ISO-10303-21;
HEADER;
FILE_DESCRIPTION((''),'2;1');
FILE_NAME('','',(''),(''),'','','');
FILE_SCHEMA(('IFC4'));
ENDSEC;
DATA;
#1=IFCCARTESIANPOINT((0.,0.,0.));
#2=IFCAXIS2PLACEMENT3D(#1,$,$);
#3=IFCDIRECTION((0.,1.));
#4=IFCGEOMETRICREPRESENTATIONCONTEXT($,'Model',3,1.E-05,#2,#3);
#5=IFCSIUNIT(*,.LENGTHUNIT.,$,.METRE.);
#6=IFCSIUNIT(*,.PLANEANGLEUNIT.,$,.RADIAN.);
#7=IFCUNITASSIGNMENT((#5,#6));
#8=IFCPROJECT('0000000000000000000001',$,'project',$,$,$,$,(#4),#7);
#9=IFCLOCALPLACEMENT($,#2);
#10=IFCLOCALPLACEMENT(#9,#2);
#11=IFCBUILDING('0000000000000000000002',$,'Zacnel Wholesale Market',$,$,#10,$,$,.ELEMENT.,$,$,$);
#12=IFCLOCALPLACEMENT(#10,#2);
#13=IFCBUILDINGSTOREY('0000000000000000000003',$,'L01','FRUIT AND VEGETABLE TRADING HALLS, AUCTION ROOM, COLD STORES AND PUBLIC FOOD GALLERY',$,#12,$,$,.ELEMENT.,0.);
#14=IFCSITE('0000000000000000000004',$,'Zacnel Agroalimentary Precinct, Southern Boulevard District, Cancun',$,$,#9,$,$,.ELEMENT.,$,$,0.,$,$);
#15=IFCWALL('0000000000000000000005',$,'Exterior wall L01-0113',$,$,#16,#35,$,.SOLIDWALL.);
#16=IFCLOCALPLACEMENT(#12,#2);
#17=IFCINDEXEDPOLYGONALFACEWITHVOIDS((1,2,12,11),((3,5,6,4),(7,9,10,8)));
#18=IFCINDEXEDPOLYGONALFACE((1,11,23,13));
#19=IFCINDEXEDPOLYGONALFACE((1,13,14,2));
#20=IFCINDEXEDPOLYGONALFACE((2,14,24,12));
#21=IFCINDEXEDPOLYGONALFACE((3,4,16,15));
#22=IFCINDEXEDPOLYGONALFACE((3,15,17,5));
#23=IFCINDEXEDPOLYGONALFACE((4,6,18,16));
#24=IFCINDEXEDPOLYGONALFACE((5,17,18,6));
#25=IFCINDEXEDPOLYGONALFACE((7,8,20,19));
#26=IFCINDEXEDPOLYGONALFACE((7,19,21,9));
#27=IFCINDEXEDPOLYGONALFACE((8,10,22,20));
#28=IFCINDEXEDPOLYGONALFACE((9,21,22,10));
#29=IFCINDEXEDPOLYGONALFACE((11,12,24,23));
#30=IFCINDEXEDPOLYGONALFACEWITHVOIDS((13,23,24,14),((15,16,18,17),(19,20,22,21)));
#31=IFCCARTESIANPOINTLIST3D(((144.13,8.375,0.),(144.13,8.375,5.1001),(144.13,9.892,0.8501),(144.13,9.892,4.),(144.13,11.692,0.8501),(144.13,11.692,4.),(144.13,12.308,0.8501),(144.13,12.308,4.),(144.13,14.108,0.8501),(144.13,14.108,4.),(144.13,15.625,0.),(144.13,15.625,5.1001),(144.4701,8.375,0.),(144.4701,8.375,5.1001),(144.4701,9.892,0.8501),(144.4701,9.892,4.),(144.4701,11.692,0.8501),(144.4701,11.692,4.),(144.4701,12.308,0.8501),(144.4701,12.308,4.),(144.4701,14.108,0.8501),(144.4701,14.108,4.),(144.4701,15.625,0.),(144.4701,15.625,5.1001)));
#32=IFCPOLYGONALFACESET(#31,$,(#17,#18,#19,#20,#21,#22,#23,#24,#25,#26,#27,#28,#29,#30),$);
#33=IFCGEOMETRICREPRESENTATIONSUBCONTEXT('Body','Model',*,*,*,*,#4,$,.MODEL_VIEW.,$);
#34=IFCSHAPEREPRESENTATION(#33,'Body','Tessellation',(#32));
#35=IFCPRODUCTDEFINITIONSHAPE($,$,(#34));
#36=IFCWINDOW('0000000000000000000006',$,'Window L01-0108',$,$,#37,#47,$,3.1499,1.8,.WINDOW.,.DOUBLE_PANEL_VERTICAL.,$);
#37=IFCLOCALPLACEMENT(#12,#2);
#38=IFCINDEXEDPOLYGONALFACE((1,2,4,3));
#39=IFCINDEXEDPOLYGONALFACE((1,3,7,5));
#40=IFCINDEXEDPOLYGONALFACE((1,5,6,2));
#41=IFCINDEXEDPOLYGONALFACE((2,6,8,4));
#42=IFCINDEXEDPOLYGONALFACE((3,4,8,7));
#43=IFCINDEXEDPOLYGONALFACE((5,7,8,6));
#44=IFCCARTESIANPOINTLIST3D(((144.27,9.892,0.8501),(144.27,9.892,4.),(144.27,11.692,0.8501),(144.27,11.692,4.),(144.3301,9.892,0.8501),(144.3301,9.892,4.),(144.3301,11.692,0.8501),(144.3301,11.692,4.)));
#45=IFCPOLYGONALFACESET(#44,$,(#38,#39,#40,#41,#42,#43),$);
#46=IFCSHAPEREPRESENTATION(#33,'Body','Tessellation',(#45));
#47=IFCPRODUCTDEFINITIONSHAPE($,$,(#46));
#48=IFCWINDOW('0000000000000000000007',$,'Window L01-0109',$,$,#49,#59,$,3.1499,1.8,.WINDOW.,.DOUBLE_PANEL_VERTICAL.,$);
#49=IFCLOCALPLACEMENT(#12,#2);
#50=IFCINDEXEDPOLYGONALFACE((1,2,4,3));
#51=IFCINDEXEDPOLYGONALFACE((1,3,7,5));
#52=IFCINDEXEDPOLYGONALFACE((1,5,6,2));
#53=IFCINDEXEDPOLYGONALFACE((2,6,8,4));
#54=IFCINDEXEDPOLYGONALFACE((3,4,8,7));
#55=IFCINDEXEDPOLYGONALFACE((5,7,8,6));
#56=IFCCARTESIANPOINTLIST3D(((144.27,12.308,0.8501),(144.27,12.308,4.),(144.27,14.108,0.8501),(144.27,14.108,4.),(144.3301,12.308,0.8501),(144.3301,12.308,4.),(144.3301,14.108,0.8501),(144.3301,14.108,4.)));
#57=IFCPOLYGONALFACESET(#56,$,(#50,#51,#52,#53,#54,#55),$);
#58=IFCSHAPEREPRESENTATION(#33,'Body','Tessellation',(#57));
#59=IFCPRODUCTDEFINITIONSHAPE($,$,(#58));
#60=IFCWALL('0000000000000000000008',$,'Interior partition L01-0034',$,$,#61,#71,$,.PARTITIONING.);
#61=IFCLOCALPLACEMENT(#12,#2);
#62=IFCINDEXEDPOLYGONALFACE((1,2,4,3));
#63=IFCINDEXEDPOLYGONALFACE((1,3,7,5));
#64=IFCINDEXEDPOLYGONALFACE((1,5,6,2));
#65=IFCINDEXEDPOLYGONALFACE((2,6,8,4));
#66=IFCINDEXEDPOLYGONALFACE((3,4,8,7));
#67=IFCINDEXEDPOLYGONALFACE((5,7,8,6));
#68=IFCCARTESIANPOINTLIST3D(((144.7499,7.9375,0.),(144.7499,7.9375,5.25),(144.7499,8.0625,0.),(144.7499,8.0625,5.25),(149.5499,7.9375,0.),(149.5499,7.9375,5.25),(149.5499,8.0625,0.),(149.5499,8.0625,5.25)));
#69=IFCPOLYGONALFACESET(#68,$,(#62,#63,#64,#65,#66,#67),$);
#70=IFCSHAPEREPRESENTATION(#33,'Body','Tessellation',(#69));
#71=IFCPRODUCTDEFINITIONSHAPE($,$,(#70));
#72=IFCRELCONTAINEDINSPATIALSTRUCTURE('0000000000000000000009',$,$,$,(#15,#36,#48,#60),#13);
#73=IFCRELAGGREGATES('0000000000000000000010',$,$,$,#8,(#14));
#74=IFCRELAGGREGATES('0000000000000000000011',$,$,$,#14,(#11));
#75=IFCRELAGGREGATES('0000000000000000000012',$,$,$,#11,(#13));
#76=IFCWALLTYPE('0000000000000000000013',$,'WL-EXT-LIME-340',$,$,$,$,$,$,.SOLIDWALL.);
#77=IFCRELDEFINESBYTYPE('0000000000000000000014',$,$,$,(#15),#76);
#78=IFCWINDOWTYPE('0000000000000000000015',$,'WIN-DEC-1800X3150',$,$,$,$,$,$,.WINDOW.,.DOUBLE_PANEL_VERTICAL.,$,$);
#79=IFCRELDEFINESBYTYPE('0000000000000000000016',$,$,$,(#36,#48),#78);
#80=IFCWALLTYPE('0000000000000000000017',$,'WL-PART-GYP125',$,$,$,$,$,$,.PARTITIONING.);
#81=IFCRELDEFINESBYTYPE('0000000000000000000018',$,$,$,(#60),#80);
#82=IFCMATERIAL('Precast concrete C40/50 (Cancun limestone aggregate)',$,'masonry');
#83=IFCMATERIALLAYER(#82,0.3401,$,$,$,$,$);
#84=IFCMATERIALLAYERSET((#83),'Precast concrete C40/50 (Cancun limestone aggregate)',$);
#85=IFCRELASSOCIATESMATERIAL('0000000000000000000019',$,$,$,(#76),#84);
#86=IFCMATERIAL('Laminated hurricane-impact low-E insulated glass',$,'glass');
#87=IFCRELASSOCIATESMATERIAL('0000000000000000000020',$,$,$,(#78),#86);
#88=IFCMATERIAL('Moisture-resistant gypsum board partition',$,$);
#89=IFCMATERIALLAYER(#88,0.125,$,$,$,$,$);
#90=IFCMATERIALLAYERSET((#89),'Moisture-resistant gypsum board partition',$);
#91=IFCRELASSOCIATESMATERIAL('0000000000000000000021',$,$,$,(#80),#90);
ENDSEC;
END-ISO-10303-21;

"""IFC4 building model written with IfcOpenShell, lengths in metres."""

from ifc_helpers import new_model, si_unit, direction, frame, frame_2d, origin, place, context, subcontext, project, spatial, rectangle, extrude, material, layer, layer_set, type_object, element, fill, save


model = new_model("IFC4")

# Units and contexts
model_context = context("Model", 3, precision=1e-05, world=origin(), true_north=direction((0.0, 1.0)))
body_context = subcontext(model_context, "Body", "Model", "MODEL_VIEW")
ifc_project = project(units=[si_unit("LENGTHUNIT", "METRE"), si_unit("PLANEANGLEUNIT", "RADIAN")], contexts=[model_context])

# Site, building, storey
site_placement = place(None, origin())
site = spatial("IfcSite", under=ifc_project, at=site_placement, Name="Zacnel Agroalimentary Precinct, Southern Boulevard District, Cancun", CompositionType="ELEMENT", RefElevation=0.0)
building_placement = place(site_placement, origin())
building = spatial("IfcBuilding", under=site, at=building_placement, Name="Zacnel Wholesale Market", CompositionType="ELEMENT")
storey_placement = place(building_placement, origin())
storey = spatial("IfcBuildingStorey", under=building, at=storey_placement, Name="L01", Description="FRUIT AND VEGETABLE TRADING HALLS, AUCTION ROOM, COLD STORES AND PUBLIC FOOD GALLERY", CompositionType="ELEMENT", Elevation=0.0)

# Wall, openings, windows
ifc_material_1 = material(Name="Precast concrete C40/50 (Cancun limestone aggregate)", Category="masonry")
ifc_layer_1 = layer(ifc_material_1, 0.3401)
ifc_layer_set_1 = layer_set([ifc_layer_1], Name="Precast concrete C40/50 (Cancun limestone aggregate)")
wall_type_1 = type_object("IfcWallType", Name="WL-EXT-LIME-340", PredefinedType="SOLIDWALL", material=ifc_layer_set_1)
ifc_material_2 = material(Name="Laminated hurricane-impact low-E insulated glass", Category="glass")
window_type = type_object("IfcWindowType", Name="WIN-DEC-1800X3150", PartitioningType="DOUBLE_PANEL_VERTICAL", PredefinedType="WINDOW", material=ifc_material_2)
wall_1_placement = place(storey_placement, frame((144.3, 8.375, 0.0), z_axis=(0.0, 0.0, 1.0), x_axis=(0.0, 1.0, 0.0)))
wall_1 = element("IfcWall", 1, at=wall_1_placement, inside=storey, type_object=wall_type_1, Name="Exterior wall L01-0113", PredefinedType="SOLIDWALL", context=body_context, shape_type="SweptSolid", body=[
    extrude(rectangle(XDim=7.25, YDim=0.3401, at=frame_2d((3.625, 0.0))), origin(), (0.0, 0.0, 1.0), 5.1001),
])
opening_1_placement = place(wall_1_placement, frame((1.5171, 0.0, 0.8501)))
opening_1 = element("IfcOpeningElement", 2, at=opening_1_placement, cuts=wall_1, PredefinedType="OPENING", context=body_context, shape_type="SweptSolid", body=[
    extrude(rectangle(XDim=1.8, YDim=3.1499, at=frame_2d((0.8999, 1.575))), frame((0.0, 0.1799, 0.0), z_axis=(0.0, -1.0, 0.0), x_axis=(1.0, 0.0, 0.0)), (0.0, 0.0, 1.0), 0.3601),
])
opening_2_placement = place(wall_1_placement, frame((3.9331, 0.0, 0.8501)))
opening_2 = element("IfcOpeningElement", 3, at=opening_2_placement, cuts=wall_1, PredefinedType="OPENING", context=body_context, shape_type="SweptSolid", body=[
    extrude(rectangle(XDim=1.8, YDim=3.1499, at=frame_2d((0.8999, 1.575))), frame((0.0, 0.1799, 0.0), z_axis=(0.0, -1.0, 0.0), x_axis=(1.0, 0.0, 0.0)), (0.0, 0.0, 1.0), 0.3601),
])
window_1_placement = place(opening_1_placement, origin())
window_1 = element("IfcWindow", 4, at=window_1_placement, inside=storey, type_object=window_type, Name="Window L01-0108", OverallHeight=3.1499, OverallWidth=1.8, PartitioningType="DOUBLE_PANEL_VERTICAL", PredefinedType="WINDOW", context=body_context, shape_type="SweptSolid", body=[
    extrude(rectangle(XDim=1.8, YDim=3.1499, at=frame_2d((0.8999, 1.575))), frame((0.0, 0.03, 0.0), z_axis=(0.0, -1.0, 0.0), x_axis=(1.0, 0.0, 0.0)), (0.0, 0.0, 1.0), 0.0601),
])
fill(opening_1, window_1)
window_2_placement = place(opening_2_placement, origin())
window_2 = element("IfcWindow", 5, at=window_2_placement, inside=storey, type_object=window_type, Name="Window L01-0109", OverallHeight=3.1499, OverallWidth=1.8, PartitioningType="DOUBLE_PANEL_VERTICAL", PredefinedType="WINDOW", context=body_context, shape_type="SweptSolid", body=[
    extrude(rectangle(XDim=1.8, YDim=3.1499, at=frame_2d((0.8999, 1.575))), frame((0.0, 0.03, 0.0), z_axis=(0.0, -1.0, 0.0), x_axis=(1.0, 0.0, 0.0)), (0.0, 0.0, 1.0), 0.0601),
])
fill(opening_2, window_2)

# Wall
ifc_material_3 = material(Name="Moisture-resistant gypsum board partition")
ifc_layer_2 = layer(ifc_material_3, 0.125)
ifc_layer_set_2 = layer_set([ifc_layer_2], Name="Moisture-resistant gypsum board partition")
wall_type_2 = type_object("IfcWallType", Name="WL-PART-GYP125", PredefinedType="PARTITIONING", material=ifc_layer_set_2)
wall_2_placement = place(storey_placement, frame((144.75, 8.0, 0.0), z_axis=(0.0, 0.0, 1.0), x_axis=(1.0, 0.0, 0.0)))
element("IfcWall", 6, at=wall_2_placement, inside=storey, type_object=wall_type_2, Name="Interior partition L01-0034", PredefinedType="PARTITIONING", context=body_context, shape_type="SweptSolid", body=[
    extrude(rectangle(XDim=4.8, YDim=0.125, at=frame_2d((2.3999, 0.0))), origin(), (0.0, 0.0, 1.0), 5.25),
])

save(model, "model.ifc")
